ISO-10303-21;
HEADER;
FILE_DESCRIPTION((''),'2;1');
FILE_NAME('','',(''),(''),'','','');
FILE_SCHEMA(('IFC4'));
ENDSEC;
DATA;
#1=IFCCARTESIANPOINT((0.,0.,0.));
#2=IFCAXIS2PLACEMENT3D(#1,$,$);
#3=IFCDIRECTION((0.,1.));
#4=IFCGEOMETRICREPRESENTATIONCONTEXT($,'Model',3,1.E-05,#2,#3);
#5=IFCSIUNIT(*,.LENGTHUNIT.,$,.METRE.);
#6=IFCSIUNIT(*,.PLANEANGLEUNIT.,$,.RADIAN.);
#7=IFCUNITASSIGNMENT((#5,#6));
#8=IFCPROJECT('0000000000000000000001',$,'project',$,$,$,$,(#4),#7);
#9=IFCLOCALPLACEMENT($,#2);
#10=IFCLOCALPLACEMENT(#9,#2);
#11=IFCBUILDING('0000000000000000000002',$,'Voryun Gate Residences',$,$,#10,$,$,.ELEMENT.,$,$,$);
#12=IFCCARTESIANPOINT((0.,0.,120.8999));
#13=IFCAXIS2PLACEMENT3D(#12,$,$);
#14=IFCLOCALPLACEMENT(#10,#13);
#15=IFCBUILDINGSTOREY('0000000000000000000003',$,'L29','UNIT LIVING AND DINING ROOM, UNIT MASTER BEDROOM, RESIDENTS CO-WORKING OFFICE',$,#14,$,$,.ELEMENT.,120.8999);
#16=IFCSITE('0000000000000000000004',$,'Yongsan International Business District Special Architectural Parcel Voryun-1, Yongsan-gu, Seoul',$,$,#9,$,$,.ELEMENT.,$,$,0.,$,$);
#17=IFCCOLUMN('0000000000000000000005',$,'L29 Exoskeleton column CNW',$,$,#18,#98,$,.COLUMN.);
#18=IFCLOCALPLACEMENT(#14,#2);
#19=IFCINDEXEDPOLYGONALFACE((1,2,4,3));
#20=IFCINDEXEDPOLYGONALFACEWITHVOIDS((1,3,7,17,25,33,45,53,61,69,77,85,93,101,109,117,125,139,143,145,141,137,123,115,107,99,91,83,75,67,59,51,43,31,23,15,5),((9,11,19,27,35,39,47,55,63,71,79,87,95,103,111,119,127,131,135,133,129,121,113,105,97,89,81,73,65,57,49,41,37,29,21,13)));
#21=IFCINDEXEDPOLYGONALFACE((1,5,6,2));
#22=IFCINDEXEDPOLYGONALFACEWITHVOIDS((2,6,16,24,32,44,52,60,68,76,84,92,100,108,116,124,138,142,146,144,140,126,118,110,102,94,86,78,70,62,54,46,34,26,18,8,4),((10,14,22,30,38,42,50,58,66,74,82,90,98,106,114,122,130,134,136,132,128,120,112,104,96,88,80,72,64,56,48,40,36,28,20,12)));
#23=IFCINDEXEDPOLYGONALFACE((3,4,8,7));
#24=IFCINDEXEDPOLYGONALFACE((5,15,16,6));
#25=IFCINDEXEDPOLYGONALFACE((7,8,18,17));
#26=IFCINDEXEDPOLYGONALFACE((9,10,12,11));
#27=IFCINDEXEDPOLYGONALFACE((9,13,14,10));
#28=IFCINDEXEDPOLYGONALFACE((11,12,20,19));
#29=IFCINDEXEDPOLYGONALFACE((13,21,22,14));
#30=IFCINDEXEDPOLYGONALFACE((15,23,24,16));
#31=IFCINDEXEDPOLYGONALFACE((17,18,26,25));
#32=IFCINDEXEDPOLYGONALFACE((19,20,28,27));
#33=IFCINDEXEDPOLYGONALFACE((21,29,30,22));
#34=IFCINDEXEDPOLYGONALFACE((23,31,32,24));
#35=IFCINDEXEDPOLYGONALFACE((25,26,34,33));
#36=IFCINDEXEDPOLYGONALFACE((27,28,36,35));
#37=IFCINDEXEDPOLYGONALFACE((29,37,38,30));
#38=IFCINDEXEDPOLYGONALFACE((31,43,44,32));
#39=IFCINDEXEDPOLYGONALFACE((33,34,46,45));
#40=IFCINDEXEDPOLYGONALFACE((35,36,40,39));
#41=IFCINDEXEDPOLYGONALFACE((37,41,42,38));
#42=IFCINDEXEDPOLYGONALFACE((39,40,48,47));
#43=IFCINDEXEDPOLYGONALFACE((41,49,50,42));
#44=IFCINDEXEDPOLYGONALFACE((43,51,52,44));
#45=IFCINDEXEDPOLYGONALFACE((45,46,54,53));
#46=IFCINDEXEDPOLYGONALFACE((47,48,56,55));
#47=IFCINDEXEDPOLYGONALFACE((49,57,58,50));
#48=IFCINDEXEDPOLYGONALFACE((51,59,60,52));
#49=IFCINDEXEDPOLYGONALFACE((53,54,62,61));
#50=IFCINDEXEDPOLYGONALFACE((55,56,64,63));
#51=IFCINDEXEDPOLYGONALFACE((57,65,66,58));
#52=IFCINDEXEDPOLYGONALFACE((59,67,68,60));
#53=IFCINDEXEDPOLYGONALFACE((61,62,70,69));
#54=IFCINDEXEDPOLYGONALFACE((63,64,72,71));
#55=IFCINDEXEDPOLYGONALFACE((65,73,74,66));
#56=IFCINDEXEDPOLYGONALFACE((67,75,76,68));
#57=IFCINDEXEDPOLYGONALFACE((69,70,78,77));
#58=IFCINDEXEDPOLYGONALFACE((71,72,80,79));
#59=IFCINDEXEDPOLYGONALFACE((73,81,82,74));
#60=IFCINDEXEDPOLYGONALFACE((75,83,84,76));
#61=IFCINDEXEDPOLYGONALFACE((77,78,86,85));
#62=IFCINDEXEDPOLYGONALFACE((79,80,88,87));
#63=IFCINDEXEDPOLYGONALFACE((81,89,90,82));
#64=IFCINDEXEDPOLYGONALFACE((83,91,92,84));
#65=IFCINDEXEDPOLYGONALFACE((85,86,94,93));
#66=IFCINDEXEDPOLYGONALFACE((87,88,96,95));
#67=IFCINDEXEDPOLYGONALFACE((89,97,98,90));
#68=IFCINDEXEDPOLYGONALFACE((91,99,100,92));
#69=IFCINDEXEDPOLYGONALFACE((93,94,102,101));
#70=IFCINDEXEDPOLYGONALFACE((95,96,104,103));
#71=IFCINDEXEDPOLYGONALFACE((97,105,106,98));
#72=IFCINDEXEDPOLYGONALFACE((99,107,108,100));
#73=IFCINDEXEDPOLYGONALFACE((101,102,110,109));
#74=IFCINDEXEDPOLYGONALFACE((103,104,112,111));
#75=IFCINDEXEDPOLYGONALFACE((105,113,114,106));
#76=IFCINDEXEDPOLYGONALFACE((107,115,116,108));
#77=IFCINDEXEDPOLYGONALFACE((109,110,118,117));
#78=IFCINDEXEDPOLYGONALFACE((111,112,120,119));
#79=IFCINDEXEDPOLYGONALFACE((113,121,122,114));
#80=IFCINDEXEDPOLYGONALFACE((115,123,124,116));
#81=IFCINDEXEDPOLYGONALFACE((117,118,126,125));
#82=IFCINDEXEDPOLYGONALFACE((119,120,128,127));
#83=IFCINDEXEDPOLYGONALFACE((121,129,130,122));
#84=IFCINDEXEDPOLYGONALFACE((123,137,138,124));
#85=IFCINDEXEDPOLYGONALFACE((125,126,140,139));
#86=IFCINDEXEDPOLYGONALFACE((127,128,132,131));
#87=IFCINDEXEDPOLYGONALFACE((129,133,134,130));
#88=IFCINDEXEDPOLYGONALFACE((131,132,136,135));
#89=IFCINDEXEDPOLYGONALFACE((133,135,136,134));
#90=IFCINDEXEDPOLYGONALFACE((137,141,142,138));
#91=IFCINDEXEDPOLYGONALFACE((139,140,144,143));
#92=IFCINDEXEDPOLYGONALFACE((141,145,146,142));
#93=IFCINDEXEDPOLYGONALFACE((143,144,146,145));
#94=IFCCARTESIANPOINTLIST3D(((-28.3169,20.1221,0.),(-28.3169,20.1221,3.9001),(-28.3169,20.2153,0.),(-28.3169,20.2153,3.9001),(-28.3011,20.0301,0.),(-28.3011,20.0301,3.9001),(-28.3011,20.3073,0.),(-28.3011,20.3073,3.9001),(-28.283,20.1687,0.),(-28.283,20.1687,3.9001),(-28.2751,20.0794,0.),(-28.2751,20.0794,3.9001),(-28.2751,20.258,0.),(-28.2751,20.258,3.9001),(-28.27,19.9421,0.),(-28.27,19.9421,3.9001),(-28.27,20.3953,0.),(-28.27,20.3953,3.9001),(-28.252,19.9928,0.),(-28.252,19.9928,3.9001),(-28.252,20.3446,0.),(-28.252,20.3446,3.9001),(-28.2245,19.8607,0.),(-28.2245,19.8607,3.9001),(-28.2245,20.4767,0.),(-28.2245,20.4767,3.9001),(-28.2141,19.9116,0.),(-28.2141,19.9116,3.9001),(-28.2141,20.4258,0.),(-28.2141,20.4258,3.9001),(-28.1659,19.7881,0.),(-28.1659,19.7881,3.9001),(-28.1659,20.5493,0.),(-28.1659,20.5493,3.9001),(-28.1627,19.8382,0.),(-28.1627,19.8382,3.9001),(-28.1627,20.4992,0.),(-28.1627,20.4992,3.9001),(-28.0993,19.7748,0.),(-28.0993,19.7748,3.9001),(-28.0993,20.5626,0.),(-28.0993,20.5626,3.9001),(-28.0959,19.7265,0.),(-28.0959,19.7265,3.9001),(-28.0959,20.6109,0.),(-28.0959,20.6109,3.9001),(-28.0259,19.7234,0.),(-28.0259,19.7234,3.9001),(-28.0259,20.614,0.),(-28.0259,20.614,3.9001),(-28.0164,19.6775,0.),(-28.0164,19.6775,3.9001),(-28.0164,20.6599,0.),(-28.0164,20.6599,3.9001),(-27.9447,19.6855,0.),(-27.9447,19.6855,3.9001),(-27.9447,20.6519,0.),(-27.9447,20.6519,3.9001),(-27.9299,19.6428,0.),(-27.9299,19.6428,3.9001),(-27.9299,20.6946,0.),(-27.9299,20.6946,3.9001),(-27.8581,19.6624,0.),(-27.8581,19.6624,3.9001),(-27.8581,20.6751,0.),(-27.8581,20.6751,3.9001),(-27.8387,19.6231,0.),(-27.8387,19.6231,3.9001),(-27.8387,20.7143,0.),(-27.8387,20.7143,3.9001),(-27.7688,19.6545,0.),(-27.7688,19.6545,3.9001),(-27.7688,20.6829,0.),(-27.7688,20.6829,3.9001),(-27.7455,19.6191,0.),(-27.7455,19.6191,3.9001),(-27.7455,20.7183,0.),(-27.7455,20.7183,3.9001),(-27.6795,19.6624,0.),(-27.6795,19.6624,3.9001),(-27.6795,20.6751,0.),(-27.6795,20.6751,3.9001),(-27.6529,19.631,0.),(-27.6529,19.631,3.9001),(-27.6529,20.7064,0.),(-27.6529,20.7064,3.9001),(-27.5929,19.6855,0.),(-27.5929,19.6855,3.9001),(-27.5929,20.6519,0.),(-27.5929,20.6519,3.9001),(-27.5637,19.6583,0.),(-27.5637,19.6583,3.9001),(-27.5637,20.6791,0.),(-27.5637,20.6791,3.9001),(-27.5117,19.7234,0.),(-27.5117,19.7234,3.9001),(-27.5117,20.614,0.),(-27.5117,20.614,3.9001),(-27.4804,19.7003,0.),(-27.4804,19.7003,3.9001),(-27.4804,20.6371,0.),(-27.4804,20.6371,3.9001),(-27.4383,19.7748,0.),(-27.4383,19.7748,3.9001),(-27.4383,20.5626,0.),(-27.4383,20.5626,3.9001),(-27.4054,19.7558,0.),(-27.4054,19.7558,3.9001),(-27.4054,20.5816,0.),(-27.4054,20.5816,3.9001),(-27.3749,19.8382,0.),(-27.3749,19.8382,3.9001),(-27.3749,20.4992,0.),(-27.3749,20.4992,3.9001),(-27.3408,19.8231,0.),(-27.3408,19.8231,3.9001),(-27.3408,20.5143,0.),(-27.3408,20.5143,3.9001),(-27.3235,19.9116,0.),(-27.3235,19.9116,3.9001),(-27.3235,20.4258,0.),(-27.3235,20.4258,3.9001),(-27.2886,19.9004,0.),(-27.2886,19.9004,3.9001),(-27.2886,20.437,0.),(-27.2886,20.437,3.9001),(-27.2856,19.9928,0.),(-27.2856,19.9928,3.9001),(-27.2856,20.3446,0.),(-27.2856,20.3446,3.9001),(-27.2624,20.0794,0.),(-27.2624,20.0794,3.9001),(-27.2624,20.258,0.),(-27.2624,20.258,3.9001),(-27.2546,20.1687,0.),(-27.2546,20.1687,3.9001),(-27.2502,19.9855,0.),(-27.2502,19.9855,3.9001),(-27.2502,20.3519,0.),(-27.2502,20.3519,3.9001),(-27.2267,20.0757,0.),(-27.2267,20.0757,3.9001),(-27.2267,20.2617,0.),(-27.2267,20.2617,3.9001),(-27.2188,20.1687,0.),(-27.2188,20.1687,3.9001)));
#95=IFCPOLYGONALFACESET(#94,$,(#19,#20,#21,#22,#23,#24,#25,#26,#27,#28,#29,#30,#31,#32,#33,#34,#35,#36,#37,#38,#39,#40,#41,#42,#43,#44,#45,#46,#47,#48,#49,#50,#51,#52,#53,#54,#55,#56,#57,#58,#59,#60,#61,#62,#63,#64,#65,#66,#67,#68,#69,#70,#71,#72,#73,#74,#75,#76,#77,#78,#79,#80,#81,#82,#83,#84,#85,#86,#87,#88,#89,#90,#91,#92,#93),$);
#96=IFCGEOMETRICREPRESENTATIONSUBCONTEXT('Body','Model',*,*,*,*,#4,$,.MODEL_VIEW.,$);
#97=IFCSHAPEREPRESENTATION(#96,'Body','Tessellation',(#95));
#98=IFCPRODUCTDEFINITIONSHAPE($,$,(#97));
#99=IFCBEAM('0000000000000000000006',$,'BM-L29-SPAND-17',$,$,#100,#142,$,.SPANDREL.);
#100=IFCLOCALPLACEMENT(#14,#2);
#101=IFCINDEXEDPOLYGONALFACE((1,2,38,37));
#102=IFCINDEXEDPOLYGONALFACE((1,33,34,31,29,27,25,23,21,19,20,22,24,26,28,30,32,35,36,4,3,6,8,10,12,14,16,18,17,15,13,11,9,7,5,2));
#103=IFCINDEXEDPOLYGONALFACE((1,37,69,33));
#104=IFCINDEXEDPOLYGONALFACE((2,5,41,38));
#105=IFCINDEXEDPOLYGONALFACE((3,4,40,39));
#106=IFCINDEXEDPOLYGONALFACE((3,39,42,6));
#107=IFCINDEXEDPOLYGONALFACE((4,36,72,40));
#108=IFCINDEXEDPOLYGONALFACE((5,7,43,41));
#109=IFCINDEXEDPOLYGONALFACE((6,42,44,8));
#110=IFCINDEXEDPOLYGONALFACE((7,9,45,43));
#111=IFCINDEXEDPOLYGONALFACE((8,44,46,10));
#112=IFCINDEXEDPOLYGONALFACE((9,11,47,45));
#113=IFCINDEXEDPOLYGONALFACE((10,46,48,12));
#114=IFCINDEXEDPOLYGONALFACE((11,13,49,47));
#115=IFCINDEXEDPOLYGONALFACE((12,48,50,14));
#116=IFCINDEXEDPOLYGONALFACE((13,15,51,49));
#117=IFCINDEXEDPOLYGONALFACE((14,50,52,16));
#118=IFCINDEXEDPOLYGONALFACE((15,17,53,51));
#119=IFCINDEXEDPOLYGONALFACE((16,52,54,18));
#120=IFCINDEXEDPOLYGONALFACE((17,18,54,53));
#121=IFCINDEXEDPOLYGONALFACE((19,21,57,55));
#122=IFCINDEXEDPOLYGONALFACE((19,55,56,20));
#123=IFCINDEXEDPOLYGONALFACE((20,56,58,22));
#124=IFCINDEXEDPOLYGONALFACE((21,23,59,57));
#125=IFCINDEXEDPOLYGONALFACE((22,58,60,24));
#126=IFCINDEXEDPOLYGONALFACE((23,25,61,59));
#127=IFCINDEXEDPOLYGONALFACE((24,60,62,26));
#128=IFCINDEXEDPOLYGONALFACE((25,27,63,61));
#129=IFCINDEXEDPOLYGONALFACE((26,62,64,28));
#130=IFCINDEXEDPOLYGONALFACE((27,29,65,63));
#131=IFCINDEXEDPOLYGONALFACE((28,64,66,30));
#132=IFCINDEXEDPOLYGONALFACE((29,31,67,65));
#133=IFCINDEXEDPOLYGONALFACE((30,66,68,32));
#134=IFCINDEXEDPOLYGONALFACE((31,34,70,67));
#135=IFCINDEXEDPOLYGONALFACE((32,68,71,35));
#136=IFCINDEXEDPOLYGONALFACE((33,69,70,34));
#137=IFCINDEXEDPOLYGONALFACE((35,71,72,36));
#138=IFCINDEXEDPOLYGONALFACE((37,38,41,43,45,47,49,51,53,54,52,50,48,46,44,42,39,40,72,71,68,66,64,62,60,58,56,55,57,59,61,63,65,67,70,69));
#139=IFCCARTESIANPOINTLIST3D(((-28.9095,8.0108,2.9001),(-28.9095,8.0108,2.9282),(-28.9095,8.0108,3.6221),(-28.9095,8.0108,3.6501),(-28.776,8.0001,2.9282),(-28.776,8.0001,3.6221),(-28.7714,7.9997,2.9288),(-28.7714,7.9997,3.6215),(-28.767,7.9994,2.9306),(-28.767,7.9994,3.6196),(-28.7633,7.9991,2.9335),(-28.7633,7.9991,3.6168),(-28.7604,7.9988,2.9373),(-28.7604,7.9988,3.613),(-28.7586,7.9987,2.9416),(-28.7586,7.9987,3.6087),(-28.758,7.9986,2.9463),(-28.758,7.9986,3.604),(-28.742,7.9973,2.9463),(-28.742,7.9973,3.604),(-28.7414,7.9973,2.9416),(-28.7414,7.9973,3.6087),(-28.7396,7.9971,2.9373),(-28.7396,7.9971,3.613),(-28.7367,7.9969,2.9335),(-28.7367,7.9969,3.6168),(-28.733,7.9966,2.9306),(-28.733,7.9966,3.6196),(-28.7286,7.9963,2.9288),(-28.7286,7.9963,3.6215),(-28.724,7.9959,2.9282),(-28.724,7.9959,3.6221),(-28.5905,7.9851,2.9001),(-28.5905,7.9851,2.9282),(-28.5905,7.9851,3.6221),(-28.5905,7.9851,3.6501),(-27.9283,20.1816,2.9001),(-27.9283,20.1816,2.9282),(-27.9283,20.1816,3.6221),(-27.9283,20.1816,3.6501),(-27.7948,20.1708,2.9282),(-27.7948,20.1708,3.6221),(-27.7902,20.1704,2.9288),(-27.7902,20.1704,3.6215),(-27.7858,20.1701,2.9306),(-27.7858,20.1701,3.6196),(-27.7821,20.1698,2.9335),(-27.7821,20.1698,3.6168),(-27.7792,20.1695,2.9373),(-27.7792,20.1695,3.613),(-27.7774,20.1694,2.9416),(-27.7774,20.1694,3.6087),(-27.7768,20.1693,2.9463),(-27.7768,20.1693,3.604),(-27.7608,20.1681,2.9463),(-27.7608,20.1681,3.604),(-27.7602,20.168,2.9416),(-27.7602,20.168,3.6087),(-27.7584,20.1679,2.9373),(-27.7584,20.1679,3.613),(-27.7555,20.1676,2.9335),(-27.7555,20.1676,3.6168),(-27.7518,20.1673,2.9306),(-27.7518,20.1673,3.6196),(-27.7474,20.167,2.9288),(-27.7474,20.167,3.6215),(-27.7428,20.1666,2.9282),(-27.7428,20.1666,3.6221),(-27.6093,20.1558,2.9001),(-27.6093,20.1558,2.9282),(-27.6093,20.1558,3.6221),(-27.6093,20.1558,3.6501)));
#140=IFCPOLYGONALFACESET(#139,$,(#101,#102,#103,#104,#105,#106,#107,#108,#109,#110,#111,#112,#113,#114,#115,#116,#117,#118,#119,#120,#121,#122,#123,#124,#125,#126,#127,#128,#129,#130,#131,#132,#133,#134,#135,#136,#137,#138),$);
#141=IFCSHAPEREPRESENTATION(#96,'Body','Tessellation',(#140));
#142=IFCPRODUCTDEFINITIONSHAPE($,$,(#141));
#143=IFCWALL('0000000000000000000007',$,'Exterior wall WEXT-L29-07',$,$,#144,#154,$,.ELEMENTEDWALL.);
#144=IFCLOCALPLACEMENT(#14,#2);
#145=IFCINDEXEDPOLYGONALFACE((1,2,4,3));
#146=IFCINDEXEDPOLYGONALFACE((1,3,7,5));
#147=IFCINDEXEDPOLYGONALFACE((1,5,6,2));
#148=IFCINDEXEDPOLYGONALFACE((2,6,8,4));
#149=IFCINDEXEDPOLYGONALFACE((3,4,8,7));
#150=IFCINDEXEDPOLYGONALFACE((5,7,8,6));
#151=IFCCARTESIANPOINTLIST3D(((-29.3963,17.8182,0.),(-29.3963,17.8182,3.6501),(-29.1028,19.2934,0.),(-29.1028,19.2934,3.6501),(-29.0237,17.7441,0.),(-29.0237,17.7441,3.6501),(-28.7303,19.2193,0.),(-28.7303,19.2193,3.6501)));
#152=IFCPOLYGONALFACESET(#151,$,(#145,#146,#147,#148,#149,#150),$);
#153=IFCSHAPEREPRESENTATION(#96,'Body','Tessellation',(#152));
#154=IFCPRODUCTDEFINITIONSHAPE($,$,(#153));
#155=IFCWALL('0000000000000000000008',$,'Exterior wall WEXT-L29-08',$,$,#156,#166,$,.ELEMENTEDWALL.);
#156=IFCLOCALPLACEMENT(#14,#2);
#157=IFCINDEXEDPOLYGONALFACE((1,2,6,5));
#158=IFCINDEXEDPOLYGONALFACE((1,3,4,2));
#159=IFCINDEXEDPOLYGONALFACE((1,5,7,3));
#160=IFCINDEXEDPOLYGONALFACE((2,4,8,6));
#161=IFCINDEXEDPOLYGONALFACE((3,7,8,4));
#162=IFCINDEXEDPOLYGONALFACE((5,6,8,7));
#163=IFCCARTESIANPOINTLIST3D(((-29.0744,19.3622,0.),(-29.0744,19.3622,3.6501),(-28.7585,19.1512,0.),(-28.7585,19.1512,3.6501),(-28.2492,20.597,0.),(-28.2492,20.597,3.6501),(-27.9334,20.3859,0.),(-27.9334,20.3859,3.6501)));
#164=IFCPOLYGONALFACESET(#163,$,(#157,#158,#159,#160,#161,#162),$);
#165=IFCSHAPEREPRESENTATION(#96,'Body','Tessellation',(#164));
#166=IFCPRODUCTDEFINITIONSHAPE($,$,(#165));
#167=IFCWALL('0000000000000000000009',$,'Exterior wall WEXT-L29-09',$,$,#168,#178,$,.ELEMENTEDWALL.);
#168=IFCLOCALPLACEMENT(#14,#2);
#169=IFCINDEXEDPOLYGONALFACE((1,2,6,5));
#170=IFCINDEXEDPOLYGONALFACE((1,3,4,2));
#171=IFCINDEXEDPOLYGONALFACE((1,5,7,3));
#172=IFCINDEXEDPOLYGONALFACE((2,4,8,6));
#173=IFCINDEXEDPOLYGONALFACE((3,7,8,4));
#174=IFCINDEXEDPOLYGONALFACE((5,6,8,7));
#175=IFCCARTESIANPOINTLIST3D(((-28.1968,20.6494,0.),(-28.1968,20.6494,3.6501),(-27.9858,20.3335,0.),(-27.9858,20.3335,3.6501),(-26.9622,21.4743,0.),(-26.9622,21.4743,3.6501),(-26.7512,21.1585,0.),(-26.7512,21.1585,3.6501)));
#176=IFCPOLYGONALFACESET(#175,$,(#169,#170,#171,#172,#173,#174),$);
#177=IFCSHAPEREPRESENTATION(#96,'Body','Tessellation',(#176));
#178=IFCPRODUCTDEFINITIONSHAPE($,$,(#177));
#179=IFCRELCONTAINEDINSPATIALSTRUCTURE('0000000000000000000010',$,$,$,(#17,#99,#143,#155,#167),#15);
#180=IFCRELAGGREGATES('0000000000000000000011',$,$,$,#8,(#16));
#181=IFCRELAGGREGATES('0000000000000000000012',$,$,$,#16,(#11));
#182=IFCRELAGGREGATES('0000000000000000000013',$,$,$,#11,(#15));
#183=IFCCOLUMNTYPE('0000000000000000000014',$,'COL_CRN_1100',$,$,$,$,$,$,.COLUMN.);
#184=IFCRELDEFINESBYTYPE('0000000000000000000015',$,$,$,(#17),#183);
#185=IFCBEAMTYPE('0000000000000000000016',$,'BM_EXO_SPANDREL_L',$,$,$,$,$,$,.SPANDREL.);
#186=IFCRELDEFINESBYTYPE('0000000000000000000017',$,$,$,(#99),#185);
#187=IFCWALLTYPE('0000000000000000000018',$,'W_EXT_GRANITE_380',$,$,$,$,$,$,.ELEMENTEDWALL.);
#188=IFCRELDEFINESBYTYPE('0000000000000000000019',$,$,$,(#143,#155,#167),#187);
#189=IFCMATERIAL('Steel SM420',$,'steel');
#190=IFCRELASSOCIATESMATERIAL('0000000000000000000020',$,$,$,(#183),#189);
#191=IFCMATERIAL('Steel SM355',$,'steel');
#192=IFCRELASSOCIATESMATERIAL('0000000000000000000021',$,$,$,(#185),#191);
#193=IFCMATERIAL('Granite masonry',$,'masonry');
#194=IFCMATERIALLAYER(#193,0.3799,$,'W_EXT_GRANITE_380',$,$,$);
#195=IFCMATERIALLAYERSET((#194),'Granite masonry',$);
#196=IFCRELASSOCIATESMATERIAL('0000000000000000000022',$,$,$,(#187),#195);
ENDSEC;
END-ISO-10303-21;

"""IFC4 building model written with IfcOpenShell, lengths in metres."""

from ifc_helpers import new_model, si_unit, direction, frame, frame_2d, origin, origin_2d, place, context, subcontext, project, spatial, rectangle, hollow_circle, i_section, extrude, material, layer, layer_set, material_profile, profile_set, type_object, element, save


model = new_model("IFC4")

# Units and contexts
model_context = context("Model", 3, precision=1e-05, world=origin(), true_north=direction((0.0, 1.0)))
body_context = subcontext(model_context, "Body", "Model", "MODEL_VIEW")
ifc_project = project(units=[si_unit("LENGTHUNIT", "METRE"), si_unit("PLANEANGLEUNIT", "RADIAN")], contexts=[model_context])

# Site, building, storey
site_placement = place(None, origin())
site = spatial("IfcSite", under=ifc_project, at=site_placement, Name="Yongsan International Business District Special Architectural Parcel Voryun-1, Yongsan-gu, Seoul", CompositionType="ELEMENT", RefElevation=0.0)
building_placement = place(site_placement, origin())
building = spatial("IfcBuilding", under=site, at=building_placement, Name="Voryun Gate Residences", CompositionType="ELEMENT")
storey_placement = place(building_placement, frame((0.0, 0.0, 120.8999)))
storey = spatial("IfcBuildingStorey", under=building, at=storey_placement, Name="L29", Description="UNIT LIVING AND DINING ROOM, UNIT MASTER BEDROOM, RESIDENTS CO-WORKING OFFICE", CompositionType="ELEMENT", Elevation=120.8999)

# Column
ifc_material_1 = material(Name="Steel SM420", Category="steel")
ifc_material_profile_1 = material_profile(ifc_material_1, hollow_circle(Radius=0.55, WallThickness=0.0359, at=origin_2d()), Name="CHS-1100x36")
ifc_profile_set_1 = profile_set([ifc_material_profile_1], Name="Steel SM420")
column_type = type_object("IfcColumnType", Name="COL_CRN_1100", PredefinedType="COLUMN", material=ifc_profile_set_1)
column_placement = place(storey_placement, frame((-27.7688, 20.1687, 0.0), z_axis=(0.0, 0.0, 1.0), x_axis=(1.0, 0.0, 0.0)))
element("IfcColumn", 1, at=column_placement, inside=storey, type_object=column_type, Name="L29 Exoskeleton column CNW", PredefinedType="COLUMN", context=body_context, shape_type="SweptSolid", body=[
    extrude(hollow_circle(Radius=0.55, WallThickness=0.0359, at=origin_2d()), origin(), (0.0, 0.0, 1.0), 3.9001),
])

# Beam
ifc_material_2 = material(Name="Steel SM355", Category="steel")
ifc_material_profile_2 = material_profile(ifc_material_2, i_section(OverallWidth=0.3201, OverallDepth=0.75, WebThickness=0.0161, FlangeThickness=0.0281, FilletRadius=0.0181, at=origin_2d()), Name="H-750x320x16x28")
ifc_profile_set_2 = profile_set([ifc_material_profile_2], Name="Steel SM355")
beam_type = type_object("IfcBeamType", Name="BM_EXO_SPANDREL_L", PredefinedType="SPANDREL", material=ifc_profile_set_2)
beam_placement = place(storey_placement, frame((-27.7688, 20.1687, 3.2751), z_axis=(-0.08036, -0.996766, 0.0), x_axis=(0.996766, -0.08036, 0.0)))
element("IfcBeam", 2, at=beam_placement, inside=storey, type_object=beam_type, Name="BM-L29-SPAND-17", PredefinedType="SPANDREL", context=body_context, shape_type="SweptSolid", body=[
    extrude(i_section(OverallWidth=0.3201, OverallDepth=0.75, WebThickness=0.0161, FlangeThickness=0.0281, FilletRadius=0.0181, at=origin_2d()), origin(), (0.0, 0.0, 1.0), 12.2102),
])

# Walls
ifc_material_3 = material(Name="Granite masonry", Category="masonry")
ifc_layer = layer(ifc_material_3, 0.3799, Name="W_EXT_GRANITE_380")
ifc_layer_set = layer_set([ifc_layer], Name="Granite masonry")
wall_type = type_object("IfcWallType", Name="W_EXT_GRANITE_380", PredefinedType="ELEMENTEDWALL", material=ifc_layer_set)
wall_1_placement = place(storey_placement, frame((-29.21, 17.7812, 0.0), z_axis=(0.0, 0.0, 1.0), x_axis=(0.195086, 0.980786, 0.0)))
element("IfcWall", 3, at=wall_1_placement, inside=storey, type_object=wall_type, Name="Exterior wall WEXT-L29-07", PredefinedType="ELEMENTEDWALL", context=body_context, shape_type="SweptSolid", body=[
    extrude(rectangle(XDim=1.5042, YDim=0.3799, at=frame_2d((0.752, 0.0))), origin(), (0.0, 0.0, 1.0), 3.6501),
])
wall_2_placement = place(storey_placement, frame((-28.9165, 19.2566, 0.0), z_axis=(0.0, 0.0, 1.0), x_axis=(0.55561, 0.831443, 0.0)))
element("IfcWall", 4, at=wall_2_placement, inside=storey, type_object=wall_type, Name="Exterior wall WEXT-L29-08", PredefinedType="ELEMENTEDWALL", context=body_context, shape_type="SweptSolid", body=[
    extrude(rectangle(XDim=1.4851, YDim=0.3799, at=frame_2d((0.7427, 0.0))), origin(), (0.0, 0.0, 1.0), 3.6501),
])
wall_3_placement = place(storey_placement, frame((-28.0913, 20.4915, 0.0), z_axis=(0.0, 0.0, 1.0), x_axis=(0.831468, 0.555573, 0.0)))
element("IfcWall", 5, at=wall_3_placement, inside=storey, type_object=wall_type, Name="Exterior wall WEXT-L29-09", PredefinedType="ELEMENTEDWALL", context=body_context, shape_type="SweptSolid", body=[
    extrude(rectangle(XDim=1.4849, YDim=0.3799, at=frame_2d((0.7424, 0.0))), origin(), (0.0, 0.0, 1.0), 3.6501),
])

save(model, "model.ifc")
